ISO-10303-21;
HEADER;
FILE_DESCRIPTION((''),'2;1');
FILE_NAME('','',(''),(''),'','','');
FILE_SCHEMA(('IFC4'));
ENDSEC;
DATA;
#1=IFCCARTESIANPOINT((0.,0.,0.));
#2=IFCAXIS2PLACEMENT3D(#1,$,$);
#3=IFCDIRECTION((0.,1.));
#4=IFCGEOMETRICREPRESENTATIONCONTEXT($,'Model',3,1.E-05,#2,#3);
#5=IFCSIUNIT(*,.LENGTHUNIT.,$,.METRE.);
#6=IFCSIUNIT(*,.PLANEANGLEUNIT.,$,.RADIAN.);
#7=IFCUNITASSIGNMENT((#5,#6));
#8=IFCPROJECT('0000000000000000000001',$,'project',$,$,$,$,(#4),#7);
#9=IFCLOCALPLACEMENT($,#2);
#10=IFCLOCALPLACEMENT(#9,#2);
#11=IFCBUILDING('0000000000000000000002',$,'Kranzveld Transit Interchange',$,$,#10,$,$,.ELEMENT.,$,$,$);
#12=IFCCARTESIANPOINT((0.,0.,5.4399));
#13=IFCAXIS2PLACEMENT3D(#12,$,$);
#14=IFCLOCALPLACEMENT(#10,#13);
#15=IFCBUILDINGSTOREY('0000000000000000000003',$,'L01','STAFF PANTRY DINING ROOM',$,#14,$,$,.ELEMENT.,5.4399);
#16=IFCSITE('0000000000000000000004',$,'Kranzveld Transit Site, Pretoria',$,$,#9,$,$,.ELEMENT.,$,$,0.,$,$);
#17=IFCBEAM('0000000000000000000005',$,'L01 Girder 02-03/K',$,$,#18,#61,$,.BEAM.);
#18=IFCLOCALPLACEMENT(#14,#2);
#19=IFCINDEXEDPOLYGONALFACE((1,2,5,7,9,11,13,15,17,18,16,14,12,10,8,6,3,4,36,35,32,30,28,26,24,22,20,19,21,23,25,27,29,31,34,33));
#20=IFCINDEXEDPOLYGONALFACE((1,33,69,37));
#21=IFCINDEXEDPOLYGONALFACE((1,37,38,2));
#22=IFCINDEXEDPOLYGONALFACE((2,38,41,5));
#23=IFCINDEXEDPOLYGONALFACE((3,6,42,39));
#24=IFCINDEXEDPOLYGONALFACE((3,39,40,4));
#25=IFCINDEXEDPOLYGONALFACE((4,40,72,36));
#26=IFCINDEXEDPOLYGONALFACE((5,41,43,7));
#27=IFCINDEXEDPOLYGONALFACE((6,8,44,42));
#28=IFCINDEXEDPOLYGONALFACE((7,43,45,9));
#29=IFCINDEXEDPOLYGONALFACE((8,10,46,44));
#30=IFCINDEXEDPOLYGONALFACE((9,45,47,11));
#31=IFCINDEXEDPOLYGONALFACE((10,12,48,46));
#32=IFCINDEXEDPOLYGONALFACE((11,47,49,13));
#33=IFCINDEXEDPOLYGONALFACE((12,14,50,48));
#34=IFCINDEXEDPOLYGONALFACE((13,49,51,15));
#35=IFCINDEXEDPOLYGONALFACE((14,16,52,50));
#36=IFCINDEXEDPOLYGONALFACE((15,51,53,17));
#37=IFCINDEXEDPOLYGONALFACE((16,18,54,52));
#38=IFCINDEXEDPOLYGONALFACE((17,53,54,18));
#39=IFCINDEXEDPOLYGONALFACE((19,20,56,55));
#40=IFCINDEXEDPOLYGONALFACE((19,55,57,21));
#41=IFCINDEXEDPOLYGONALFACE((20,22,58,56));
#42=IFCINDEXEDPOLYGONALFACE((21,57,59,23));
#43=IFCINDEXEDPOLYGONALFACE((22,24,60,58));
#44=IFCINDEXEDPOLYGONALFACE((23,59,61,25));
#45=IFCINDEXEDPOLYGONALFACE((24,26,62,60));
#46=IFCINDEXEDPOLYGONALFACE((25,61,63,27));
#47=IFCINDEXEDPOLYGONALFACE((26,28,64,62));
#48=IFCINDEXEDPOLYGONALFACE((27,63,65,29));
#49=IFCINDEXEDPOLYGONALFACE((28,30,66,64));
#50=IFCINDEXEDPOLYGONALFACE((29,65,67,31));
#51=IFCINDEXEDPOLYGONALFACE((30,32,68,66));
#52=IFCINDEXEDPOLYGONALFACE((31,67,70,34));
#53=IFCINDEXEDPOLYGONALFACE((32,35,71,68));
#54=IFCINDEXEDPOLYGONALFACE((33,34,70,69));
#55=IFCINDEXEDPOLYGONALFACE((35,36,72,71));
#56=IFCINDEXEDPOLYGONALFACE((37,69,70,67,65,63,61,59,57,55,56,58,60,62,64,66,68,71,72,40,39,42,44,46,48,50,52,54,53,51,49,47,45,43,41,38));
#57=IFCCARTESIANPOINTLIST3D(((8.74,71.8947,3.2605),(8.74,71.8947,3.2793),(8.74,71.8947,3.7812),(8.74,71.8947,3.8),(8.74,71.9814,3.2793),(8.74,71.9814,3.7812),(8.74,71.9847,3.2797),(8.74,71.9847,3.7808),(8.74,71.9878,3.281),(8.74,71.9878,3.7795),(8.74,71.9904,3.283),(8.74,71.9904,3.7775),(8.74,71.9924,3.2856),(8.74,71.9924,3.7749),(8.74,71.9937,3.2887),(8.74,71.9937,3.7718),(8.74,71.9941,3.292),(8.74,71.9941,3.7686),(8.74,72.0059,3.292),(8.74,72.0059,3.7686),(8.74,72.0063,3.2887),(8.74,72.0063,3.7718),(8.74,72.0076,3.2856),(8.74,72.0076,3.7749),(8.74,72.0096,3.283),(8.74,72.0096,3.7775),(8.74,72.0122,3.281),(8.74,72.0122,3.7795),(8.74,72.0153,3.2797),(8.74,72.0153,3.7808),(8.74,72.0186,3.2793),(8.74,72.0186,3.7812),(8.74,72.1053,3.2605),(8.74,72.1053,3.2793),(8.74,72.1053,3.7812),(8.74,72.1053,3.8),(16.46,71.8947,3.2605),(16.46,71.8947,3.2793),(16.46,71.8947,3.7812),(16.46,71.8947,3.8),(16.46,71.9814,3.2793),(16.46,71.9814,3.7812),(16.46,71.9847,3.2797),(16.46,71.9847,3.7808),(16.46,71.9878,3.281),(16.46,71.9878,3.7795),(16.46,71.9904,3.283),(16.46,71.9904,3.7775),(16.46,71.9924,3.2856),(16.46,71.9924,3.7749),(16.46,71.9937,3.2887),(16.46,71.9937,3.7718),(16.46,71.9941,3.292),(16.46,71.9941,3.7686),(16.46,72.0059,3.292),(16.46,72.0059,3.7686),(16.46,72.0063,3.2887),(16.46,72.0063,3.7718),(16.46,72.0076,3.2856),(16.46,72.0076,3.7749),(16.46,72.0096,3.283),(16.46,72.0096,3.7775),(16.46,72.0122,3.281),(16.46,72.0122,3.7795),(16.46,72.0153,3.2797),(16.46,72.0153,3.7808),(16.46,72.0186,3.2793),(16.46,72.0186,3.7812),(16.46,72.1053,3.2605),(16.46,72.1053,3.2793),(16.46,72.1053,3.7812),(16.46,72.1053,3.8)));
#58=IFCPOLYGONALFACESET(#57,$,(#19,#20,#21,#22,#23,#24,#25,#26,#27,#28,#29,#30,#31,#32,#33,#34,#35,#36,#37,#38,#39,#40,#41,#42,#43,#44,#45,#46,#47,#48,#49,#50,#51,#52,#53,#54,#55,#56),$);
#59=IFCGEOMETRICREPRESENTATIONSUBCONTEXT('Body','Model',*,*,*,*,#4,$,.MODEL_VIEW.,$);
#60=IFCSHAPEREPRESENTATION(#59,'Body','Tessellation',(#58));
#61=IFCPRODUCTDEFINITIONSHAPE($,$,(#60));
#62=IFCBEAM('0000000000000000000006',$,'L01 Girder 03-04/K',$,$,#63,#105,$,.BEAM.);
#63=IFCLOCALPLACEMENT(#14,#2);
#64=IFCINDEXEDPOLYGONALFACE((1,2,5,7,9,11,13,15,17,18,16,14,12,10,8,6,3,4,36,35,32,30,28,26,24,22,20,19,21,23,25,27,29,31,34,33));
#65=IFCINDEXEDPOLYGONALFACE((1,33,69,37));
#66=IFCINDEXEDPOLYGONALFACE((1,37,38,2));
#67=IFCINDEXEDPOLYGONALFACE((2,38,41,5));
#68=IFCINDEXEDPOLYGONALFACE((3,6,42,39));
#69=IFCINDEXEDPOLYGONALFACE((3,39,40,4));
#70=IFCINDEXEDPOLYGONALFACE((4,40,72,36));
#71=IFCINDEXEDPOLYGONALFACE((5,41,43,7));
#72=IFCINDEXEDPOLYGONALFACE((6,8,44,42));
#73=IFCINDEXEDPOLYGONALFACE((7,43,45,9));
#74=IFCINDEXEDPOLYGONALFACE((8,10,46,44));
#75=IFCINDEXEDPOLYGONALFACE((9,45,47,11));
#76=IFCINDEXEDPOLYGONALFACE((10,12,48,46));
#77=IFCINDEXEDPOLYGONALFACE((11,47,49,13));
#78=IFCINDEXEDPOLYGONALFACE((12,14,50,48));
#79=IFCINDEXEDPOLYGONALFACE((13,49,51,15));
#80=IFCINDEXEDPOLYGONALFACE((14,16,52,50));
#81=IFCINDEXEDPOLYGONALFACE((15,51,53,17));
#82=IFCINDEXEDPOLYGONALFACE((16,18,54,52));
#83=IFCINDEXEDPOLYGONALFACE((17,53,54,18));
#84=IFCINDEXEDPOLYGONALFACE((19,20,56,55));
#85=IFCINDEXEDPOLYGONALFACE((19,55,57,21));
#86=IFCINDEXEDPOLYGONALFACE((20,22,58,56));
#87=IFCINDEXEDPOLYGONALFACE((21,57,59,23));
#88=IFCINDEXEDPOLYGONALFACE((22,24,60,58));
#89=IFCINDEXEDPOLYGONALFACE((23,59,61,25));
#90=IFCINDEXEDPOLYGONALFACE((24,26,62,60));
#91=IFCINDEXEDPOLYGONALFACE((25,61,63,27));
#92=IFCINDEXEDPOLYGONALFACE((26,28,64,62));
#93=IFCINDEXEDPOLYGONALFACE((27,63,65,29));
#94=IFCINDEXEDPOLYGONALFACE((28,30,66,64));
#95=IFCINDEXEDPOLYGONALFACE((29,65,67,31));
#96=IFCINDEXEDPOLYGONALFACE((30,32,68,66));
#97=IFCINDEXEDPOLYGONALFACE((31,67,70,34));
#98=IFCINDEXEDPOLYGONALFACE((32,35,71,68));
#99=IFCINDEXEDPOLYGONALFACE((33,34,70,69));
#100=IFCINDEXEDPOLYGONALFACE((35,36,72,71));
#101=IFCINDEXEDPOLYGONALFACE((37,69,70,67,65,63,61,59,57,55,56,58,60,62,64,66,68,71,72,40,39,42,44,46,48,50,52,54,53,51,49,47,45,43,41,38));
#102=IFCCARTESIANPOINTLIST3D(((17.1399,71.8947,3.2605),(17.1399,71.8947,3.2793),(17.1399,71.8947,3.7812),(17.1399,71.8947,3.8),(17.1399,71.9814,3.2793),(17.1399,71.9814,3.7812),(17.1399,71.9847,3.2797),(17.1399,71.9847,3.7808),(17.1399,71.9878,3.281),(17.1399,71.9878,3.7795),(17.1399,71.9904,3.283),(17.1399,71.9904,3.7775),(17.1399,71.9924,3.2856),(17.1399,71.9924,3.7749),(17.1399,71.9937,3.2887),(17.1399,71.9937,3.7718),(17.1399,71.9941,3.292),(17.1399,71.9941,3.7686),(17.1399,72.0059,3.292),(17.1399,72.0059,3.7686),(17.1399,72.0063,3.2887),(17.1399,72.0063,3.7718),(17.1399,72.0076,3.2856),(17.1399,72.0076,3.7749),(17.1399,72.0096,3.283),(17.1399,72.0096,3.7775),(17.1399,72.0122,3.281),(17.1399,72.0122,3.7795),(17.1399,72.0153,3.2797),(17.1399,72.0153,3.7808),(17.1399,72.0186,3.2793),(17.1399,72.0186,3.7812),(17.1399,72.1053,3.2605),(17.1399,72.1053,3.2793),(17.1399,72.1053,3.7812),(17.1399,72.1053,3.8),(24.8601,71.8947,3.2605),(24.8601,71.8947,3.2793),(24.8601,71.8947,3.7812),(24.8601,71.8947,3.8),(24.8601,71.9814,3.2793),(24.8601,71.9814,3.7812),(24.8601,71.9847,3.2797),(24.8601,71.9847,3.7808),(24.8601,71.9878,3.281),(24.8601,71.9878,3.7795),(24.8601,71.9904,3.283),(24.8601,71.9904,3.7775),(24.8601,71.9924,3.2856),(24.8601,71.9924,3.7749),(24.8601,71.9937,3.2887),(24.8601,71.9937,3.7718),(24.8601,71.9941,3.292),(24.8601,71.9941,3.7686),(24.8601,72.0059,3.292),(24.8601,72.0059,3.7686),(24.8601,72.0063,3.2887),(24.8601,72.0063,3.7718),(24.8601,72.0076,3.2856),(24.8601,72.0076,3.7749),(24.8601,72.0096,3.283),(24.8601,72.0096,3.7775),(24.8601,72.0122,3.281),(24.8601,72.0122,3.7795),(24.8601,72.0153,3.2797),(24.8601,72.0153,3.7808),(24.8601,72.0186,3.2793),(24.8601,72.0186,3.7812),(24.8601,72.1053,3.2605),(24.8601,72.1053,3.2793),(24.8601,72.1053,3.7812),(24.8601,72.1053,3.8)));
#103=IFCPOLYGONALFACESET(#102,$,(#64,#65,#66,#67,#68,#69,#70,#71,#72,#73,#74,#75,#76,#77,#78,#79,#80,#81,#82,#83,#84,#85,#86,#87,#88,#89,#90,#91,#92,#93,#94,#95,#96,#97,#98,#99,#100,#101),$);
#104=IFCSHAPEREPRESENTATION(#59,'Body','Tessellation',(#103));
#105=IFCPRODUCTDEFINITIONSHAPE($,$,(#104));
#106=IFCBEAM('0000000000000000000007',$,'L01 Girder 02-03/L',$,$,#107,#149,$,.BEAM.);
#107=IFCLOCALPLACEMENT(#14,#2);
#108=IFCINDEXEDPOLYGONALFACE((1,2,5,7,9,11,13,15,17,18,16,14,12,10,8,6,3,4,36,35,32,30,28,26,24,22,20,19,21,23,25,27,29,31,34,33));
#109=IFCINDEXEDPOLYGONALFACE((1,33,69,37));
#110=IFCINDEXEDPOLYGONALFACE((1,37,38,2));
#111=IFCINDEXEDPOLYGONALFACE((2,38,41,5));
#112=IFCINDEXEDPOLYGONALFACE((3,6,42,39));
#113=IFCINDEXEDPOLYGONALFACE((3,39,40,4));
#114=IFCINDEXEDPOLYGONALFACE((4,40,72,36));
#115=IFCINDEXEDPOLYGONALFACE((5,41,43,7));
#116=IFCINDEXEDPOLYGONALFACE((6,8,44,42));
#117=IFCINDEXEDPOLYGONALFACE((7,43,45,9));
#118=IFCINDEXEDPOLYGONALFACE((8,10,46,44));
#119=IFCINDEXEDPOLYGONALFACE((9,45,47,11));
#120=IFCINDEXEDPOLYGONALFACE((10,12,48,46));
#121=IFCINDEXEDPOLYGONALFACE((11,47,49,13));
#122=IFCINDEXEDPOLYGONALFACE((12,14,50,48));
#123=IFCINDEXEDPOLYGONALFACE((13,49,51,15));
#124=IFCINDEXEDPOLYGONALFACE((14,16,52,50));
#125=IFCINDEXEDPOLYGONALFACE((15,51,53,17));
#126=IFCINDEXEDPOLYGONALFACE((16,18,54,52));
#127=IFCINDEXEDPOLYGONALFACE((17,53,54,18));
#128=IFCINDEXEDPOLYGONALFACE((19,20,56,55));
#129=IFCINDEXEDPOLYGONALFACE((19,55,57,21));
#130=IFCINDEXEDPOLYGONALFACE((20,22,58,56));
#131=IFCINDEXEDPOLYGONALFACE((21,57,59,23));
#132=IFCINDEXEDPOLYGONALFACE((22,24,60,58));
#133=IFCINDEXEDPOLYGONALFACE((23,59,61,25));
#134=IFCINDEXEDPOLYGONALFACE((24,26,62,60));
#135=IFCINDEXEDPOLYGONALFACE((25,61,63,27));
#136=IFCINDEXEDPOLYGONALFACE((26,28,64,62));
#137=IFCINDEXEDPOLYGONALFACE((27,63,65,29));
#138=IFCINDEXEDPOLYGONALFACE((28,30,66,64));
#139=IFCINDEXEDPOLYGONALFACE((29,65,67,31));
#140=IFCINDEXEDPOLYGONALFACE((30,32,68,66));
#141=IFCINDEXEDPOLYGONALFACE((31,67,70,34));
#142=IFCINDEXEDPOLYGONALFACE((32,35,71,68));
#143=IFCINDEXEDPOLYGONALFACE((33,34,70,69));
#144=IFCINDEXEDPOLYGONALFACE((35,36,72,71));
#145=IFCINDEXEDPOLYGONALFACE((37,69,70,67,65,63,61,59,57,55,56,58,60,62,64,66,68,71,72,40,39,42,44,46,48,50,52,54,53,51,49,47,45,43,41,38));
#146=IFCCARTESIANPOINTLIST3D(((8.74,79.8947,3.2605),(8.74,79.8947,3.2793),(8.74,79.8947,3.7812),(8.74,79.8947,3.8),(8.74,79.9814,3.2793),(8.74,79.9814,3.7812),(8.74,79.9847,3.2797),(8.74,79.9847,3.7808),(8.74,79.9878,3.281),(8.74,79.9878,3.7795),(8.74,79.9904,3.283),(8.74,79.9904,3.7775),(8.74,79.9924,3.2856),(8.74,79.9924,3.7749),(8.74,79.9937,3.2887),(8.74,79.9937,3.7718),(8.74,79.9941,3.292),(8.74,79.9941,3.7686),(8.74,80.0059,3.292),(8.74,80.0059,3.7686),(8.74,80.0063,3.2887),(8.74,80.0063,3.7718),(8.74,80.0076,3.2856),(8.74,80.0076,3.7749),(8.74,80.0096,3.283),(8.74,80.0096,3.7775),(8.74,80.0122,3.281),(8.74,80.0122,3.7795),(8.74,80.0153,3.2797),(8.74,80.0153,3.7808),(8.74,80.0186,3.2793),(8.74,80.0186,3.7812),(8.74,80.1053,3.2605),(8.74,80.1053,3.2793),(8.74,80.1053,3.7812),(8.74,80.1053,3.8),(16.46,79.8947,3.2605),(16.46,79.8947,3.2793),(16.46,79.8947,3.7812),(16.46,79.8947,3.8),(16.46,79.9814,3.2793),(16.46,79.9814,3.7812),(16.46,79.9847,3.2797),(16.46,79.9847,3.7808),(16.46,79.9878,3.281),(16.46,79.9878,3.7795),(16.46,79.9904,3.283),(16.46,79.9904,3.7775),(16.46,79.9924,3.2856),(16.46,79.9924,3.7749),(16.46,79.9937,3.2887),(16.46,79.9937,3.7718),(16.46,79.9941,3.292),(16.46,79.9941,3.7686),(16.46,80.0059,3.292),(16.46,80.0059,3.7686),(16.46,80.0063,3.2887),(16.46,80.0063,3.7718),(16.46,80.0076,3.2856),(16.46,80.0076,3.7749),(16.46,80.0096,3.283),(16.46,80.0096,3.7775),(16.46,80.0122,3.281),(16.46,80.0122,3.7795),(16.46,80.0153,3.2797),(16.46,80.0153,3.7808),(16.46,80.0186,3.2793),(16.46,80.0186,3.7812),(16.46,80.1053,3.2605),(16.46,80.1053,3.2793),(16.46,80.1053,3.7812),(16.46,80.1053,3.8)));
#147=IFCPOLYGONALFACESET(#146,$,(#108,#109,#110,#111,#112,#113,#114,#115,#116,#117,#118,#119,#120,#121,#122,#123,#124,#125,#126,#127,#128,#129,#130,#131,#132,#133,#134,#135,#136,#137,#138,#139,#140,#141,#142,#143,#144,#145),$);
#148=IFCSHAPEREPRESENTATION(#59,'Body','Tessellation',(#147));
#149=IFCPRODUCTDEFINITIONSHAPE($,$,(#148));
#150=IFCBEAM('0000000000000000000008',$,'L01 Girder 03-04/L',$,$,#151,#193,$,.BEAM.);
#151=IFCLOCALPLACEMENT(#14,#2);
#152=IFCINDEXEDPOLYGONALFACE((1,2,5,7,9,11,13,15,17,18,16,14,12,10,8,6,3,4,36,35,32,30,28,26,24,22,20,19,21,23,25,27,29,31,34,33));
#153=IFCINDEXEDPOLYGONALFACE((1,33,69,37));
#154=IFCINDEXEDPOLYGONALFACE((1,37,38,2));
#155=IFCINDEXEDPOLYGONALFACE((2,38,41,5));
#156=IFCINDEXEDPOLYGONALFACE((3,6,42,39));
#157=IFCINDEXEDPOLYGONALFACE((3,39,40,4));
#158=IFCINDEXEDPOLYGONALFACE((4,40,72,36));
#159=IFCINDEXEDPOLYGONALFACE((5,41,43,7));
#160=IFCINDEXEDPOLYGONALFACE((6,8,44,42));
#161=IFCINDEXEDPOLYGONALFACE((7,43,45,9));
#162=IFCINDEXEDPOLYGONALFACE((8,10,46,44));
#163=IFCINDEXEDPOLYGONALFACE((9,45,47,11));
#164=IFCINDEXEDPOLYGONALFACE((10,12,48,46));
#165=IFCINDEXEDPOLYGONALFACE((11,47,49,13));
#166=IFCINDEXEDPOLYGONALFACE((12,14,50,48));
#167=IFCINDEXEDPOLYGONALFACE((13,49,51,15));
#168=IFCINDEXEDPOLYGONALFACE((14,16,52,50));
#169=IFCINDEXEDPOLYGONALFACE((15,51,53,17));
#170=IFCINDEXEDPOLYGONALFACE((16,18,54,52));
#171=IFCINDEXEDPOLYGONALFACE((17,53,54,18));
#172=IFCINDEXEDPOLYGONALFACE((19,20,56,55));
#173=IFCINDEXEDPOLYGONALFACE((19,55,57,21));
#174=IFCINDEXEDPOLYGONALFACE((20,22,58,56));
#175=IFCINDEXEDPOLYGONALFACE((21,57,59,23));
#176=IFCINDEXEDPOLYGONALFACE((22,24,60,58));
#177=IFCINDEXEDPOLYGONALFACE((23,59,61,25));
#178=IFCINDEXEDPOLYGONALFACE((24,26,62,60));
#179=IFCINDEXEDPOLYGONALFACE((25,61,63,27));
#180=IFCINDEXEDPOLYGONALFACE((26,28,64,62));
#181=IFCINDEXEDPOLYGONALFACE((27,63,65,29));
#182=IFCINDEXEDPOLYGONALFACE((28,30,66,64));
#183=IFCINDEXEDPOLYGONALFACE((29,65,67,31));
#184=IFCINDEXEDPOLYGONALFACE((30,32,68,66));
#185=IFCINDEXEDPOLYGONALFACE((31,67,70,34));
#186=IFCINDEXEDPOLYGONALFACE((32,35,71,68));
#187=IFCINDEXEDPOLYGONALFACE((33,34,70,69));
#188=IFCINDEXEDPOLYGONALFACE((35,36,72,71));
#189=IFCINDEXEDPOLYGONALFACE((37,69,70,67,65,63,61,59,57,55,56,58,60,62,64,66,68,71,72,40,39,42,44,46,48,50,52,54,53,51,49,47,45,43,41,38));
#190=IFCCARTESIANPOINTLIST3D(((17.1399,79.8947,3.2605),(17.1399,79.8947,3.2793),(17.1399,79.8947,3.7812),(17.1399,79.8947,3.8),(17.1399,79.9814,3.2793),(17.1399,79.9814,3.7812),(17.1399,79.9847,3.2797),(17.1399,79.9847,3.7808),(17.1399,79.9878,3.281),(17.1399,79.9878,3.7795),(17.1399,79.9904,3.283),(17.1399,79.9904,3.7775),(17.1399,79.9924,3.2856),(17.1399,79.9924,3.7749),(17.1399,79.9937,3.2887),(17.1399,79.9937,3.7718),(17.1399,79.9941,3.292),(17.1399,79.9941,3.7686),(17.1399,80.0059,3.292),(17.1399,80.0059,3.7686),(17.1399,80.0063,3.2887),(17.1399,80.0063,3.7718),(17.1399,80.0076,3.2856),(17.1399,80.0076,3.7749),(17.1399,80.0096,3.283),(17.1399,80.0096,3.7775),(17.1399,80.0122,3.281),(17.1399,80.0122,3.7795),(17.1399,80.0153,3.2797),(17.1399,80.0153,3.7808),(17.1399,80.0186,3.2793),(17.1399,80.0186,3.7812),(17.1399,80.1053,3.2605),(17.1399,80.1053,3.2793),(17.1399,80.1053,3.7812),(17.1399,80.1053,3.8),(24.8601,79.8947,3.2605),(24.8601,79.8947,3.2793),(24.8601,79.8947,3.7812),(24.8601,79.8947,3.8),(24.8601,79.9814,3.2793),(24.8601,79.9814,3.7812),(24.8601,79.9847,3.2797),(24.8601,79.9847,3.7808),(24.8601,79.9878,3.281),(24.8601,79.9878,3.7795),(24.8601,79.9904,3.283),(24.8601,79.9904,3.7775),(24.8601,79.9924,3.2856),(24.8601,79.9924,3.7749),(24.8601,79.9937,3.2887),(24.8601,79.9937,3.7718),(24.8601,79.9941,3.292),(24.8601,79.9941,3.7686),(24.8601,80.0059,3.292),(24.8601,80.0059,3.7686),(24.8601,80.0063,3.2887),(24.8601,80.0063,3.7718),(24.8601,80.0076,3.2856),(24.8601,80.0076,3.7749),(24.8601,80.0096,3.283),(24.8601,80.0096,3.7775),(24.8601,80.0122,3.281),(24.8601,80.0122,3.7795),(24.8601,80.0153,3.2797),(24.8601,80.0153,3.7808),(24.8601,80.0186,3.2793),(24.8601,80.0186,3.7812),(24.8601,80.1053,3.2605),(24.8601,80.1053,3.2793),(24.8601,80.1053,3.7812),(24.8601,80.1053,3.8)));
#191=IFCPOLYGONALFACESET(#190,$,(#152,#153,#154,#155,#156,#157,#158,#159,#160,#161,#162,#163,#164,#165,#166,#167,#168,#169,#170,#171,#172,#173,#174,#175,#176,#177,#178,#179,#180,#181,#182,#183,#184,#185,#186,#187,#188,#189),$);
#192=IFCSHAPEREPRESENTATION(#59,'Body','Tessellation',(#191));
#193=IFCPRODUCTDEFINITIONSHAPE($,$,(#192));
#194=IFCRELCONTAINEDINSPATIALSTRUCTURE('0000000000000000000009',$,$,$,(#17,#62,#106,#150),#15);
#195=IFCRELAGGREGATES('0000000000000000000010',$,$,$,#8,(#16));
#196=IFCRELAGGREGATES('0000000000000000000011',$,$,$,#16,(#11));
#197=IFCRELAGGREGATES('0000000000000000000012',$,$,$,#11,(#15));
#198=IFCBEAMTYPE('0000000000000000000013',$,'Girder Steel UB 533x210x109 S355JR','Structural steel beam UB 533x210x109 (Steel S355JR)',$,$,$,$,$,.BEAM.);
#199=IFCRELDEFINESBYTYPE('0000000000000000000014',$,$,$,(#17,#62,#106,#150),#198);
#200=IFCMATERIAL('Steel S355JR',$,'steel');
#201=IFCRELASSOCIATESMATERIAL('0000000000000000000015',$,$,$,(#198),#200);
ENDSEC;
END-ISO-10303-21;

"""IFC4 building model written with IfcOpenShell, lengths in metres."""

from ifc_helpers import new_model, si_unit, direction, frame, origin, origin_2d, place, context, subcontext, project, spatial, i_section, extrude, material, material_profile, profile_set, type_object, element, save


model = new_model("IFC4")

# Units and contexts
model_context = context("Model", 3, precision=1e-05, world=origin(), true_north=direction((0.0, 1.0)))
body_context = subcontext(model_context, "Body", "Model", "MODEL_VIEW")
ifc_project = project(units=[si_unit("LENGTHUNIT", "METRE"), si_unit("PLANEANGLEUNIT", "RADIAN")], contexts=[model_context])

# Site, building, storey
site_placement = place(None, origin())
site = spatial("IfcSite", under=ifc_project, at=site_placement, Name="Kranzveld Transit Site, Pretoria", CompositionType="ELEMENT", RefElevation=0.0)
building_placement = place(site_placement, origin())
building = spatial("IfcBuilding", under=site, at=building_placement, Name="Kranzveld Transit Interchange", CompositionType="ELEMENT")
storey_placement = place(building_placement, frame((0.0, 0.0, 5.4399)))
storey = spatial("IfcBuildingStorey", under=building, at=storey_placement, Name="L01", Description="STAFF PANTRY DINING ROOM", CompositionType="ELEMENT", Elevation=5.4399)

# Beams
ifc_material_1 = material(Name="Steel S355JR", Category="steel")
ifc_material_profile_1 = material_profile(ifc_material_1, i_section(OverallWidth=0.2107, OverallDepth=0.5396, WebThickness=0.0117, FlangeThickness=0.0188, FilletRadius=0.0127, at=origin_2d()), Name="UB 533x210x109")
ifc_profile_set_1 = profile_set([ifc_material_profile_1], Name="Steel S355JR")
beam_type_1 = type_object("IfcBeamType", Name="Girder Steel UB 533x210x109 S355JR", Description="Structural steel beam UB 533x210x109 (Steel S355JR)", PredefinedType="BEAM", material=ifc_profile_set_1)
beam_1_placement = place(storey_placement, frame((8.74, 72.0, 3.5303), z_axis=(1.0, 0.0, 0.0), x_axis=(0.0, 1.0, 0.0)))
element("IfcBeam", 1, at=beam_1_placement, inside=storey, type_object=beam_type_1, Name="L01 Girder 02-03/K", PredefinedType="BEAM", context=body_context, shape_type="SweptSolid", body=[
    extrude(i_section(OverallWidth=0.2107, OverallDepth=0.5396, WebThickness=0.0117, FlangeThickness=0.0188, FilletRadius=0.0127, at=origin_2d()), origin(), (0.0, 0.0, 1.0), 7.72),
])
beam_2_placement = place(storey_placement, frame((17.1399, 72.0, 3.5303), z_axis=(1.0, 0.0, 0.0), x_axis=(0.0, 1.0, 0.0)))
element("IfcBeam", 2, at=beam_2_placement, inside=storey, type_object=beam_type_1, Name="L01 Girder 03-04/K", PredefinedType="BEAM", context=body_context, shape_type="SweptSolid", body=[
    extrude(i_section(OverallWidth=0.2107, OverallDepth=0.5396, WebThickness=0.0117, FlangeThickness=0.0188, FilletRadius=0.0127, at=origin_2d()), origin(), (0.0, 0.0, 1.0), 7.7202),
])
beam_3_placement = place(storey_placement, frame((8.74, 80.0, 3.5303), z_axis=(1.0, 0.0, 0.0), x_axis=(0.0, 1.0, 0.0)))
element("IfcBeam", 3, at=beam_3_placement, inside=storey, type_object=beam_type_1, Name="L01 Girder 02-03/L", PredefinedType="BEAM", context=body_context, shape_type="SweptSolid", body=[
    extrude(i_section(OverallWidth=0.2107, OverallDepth=0.5396, WebThickness=0.0117, FlangeThickness=0.0188, FilletRadius=0.0127, at=origin_2d()), origin(), (0.0, 0.0, 1.0), 7.72),
])
beam_4_placement = place(storey_placement, frame((17.1399, 80.0, 3.5303), z_axis=(1.0, 0.0, 0.0), x_axis=(0.0, 1.0, 0.0)))
element("IfcBeam", 4, at=beam_4_placement, inside=storey, type_object=beam_type_1, Name="L01 Girder 03-04/L", PredefinedType="BEAM", context=body_context, shape_type="SweptSolid", body=[
    extrude(i_section(OverallWidth=0.2107, OverallDepth=0.5396, WebThickness=0.0117, FlangeThickness=0.0188, FilletRadius=0.0127, at=origin_2d()), origin(), (0.0, 0.0, 1.0), 7.7202),
])

save(model, "model.ifc")
